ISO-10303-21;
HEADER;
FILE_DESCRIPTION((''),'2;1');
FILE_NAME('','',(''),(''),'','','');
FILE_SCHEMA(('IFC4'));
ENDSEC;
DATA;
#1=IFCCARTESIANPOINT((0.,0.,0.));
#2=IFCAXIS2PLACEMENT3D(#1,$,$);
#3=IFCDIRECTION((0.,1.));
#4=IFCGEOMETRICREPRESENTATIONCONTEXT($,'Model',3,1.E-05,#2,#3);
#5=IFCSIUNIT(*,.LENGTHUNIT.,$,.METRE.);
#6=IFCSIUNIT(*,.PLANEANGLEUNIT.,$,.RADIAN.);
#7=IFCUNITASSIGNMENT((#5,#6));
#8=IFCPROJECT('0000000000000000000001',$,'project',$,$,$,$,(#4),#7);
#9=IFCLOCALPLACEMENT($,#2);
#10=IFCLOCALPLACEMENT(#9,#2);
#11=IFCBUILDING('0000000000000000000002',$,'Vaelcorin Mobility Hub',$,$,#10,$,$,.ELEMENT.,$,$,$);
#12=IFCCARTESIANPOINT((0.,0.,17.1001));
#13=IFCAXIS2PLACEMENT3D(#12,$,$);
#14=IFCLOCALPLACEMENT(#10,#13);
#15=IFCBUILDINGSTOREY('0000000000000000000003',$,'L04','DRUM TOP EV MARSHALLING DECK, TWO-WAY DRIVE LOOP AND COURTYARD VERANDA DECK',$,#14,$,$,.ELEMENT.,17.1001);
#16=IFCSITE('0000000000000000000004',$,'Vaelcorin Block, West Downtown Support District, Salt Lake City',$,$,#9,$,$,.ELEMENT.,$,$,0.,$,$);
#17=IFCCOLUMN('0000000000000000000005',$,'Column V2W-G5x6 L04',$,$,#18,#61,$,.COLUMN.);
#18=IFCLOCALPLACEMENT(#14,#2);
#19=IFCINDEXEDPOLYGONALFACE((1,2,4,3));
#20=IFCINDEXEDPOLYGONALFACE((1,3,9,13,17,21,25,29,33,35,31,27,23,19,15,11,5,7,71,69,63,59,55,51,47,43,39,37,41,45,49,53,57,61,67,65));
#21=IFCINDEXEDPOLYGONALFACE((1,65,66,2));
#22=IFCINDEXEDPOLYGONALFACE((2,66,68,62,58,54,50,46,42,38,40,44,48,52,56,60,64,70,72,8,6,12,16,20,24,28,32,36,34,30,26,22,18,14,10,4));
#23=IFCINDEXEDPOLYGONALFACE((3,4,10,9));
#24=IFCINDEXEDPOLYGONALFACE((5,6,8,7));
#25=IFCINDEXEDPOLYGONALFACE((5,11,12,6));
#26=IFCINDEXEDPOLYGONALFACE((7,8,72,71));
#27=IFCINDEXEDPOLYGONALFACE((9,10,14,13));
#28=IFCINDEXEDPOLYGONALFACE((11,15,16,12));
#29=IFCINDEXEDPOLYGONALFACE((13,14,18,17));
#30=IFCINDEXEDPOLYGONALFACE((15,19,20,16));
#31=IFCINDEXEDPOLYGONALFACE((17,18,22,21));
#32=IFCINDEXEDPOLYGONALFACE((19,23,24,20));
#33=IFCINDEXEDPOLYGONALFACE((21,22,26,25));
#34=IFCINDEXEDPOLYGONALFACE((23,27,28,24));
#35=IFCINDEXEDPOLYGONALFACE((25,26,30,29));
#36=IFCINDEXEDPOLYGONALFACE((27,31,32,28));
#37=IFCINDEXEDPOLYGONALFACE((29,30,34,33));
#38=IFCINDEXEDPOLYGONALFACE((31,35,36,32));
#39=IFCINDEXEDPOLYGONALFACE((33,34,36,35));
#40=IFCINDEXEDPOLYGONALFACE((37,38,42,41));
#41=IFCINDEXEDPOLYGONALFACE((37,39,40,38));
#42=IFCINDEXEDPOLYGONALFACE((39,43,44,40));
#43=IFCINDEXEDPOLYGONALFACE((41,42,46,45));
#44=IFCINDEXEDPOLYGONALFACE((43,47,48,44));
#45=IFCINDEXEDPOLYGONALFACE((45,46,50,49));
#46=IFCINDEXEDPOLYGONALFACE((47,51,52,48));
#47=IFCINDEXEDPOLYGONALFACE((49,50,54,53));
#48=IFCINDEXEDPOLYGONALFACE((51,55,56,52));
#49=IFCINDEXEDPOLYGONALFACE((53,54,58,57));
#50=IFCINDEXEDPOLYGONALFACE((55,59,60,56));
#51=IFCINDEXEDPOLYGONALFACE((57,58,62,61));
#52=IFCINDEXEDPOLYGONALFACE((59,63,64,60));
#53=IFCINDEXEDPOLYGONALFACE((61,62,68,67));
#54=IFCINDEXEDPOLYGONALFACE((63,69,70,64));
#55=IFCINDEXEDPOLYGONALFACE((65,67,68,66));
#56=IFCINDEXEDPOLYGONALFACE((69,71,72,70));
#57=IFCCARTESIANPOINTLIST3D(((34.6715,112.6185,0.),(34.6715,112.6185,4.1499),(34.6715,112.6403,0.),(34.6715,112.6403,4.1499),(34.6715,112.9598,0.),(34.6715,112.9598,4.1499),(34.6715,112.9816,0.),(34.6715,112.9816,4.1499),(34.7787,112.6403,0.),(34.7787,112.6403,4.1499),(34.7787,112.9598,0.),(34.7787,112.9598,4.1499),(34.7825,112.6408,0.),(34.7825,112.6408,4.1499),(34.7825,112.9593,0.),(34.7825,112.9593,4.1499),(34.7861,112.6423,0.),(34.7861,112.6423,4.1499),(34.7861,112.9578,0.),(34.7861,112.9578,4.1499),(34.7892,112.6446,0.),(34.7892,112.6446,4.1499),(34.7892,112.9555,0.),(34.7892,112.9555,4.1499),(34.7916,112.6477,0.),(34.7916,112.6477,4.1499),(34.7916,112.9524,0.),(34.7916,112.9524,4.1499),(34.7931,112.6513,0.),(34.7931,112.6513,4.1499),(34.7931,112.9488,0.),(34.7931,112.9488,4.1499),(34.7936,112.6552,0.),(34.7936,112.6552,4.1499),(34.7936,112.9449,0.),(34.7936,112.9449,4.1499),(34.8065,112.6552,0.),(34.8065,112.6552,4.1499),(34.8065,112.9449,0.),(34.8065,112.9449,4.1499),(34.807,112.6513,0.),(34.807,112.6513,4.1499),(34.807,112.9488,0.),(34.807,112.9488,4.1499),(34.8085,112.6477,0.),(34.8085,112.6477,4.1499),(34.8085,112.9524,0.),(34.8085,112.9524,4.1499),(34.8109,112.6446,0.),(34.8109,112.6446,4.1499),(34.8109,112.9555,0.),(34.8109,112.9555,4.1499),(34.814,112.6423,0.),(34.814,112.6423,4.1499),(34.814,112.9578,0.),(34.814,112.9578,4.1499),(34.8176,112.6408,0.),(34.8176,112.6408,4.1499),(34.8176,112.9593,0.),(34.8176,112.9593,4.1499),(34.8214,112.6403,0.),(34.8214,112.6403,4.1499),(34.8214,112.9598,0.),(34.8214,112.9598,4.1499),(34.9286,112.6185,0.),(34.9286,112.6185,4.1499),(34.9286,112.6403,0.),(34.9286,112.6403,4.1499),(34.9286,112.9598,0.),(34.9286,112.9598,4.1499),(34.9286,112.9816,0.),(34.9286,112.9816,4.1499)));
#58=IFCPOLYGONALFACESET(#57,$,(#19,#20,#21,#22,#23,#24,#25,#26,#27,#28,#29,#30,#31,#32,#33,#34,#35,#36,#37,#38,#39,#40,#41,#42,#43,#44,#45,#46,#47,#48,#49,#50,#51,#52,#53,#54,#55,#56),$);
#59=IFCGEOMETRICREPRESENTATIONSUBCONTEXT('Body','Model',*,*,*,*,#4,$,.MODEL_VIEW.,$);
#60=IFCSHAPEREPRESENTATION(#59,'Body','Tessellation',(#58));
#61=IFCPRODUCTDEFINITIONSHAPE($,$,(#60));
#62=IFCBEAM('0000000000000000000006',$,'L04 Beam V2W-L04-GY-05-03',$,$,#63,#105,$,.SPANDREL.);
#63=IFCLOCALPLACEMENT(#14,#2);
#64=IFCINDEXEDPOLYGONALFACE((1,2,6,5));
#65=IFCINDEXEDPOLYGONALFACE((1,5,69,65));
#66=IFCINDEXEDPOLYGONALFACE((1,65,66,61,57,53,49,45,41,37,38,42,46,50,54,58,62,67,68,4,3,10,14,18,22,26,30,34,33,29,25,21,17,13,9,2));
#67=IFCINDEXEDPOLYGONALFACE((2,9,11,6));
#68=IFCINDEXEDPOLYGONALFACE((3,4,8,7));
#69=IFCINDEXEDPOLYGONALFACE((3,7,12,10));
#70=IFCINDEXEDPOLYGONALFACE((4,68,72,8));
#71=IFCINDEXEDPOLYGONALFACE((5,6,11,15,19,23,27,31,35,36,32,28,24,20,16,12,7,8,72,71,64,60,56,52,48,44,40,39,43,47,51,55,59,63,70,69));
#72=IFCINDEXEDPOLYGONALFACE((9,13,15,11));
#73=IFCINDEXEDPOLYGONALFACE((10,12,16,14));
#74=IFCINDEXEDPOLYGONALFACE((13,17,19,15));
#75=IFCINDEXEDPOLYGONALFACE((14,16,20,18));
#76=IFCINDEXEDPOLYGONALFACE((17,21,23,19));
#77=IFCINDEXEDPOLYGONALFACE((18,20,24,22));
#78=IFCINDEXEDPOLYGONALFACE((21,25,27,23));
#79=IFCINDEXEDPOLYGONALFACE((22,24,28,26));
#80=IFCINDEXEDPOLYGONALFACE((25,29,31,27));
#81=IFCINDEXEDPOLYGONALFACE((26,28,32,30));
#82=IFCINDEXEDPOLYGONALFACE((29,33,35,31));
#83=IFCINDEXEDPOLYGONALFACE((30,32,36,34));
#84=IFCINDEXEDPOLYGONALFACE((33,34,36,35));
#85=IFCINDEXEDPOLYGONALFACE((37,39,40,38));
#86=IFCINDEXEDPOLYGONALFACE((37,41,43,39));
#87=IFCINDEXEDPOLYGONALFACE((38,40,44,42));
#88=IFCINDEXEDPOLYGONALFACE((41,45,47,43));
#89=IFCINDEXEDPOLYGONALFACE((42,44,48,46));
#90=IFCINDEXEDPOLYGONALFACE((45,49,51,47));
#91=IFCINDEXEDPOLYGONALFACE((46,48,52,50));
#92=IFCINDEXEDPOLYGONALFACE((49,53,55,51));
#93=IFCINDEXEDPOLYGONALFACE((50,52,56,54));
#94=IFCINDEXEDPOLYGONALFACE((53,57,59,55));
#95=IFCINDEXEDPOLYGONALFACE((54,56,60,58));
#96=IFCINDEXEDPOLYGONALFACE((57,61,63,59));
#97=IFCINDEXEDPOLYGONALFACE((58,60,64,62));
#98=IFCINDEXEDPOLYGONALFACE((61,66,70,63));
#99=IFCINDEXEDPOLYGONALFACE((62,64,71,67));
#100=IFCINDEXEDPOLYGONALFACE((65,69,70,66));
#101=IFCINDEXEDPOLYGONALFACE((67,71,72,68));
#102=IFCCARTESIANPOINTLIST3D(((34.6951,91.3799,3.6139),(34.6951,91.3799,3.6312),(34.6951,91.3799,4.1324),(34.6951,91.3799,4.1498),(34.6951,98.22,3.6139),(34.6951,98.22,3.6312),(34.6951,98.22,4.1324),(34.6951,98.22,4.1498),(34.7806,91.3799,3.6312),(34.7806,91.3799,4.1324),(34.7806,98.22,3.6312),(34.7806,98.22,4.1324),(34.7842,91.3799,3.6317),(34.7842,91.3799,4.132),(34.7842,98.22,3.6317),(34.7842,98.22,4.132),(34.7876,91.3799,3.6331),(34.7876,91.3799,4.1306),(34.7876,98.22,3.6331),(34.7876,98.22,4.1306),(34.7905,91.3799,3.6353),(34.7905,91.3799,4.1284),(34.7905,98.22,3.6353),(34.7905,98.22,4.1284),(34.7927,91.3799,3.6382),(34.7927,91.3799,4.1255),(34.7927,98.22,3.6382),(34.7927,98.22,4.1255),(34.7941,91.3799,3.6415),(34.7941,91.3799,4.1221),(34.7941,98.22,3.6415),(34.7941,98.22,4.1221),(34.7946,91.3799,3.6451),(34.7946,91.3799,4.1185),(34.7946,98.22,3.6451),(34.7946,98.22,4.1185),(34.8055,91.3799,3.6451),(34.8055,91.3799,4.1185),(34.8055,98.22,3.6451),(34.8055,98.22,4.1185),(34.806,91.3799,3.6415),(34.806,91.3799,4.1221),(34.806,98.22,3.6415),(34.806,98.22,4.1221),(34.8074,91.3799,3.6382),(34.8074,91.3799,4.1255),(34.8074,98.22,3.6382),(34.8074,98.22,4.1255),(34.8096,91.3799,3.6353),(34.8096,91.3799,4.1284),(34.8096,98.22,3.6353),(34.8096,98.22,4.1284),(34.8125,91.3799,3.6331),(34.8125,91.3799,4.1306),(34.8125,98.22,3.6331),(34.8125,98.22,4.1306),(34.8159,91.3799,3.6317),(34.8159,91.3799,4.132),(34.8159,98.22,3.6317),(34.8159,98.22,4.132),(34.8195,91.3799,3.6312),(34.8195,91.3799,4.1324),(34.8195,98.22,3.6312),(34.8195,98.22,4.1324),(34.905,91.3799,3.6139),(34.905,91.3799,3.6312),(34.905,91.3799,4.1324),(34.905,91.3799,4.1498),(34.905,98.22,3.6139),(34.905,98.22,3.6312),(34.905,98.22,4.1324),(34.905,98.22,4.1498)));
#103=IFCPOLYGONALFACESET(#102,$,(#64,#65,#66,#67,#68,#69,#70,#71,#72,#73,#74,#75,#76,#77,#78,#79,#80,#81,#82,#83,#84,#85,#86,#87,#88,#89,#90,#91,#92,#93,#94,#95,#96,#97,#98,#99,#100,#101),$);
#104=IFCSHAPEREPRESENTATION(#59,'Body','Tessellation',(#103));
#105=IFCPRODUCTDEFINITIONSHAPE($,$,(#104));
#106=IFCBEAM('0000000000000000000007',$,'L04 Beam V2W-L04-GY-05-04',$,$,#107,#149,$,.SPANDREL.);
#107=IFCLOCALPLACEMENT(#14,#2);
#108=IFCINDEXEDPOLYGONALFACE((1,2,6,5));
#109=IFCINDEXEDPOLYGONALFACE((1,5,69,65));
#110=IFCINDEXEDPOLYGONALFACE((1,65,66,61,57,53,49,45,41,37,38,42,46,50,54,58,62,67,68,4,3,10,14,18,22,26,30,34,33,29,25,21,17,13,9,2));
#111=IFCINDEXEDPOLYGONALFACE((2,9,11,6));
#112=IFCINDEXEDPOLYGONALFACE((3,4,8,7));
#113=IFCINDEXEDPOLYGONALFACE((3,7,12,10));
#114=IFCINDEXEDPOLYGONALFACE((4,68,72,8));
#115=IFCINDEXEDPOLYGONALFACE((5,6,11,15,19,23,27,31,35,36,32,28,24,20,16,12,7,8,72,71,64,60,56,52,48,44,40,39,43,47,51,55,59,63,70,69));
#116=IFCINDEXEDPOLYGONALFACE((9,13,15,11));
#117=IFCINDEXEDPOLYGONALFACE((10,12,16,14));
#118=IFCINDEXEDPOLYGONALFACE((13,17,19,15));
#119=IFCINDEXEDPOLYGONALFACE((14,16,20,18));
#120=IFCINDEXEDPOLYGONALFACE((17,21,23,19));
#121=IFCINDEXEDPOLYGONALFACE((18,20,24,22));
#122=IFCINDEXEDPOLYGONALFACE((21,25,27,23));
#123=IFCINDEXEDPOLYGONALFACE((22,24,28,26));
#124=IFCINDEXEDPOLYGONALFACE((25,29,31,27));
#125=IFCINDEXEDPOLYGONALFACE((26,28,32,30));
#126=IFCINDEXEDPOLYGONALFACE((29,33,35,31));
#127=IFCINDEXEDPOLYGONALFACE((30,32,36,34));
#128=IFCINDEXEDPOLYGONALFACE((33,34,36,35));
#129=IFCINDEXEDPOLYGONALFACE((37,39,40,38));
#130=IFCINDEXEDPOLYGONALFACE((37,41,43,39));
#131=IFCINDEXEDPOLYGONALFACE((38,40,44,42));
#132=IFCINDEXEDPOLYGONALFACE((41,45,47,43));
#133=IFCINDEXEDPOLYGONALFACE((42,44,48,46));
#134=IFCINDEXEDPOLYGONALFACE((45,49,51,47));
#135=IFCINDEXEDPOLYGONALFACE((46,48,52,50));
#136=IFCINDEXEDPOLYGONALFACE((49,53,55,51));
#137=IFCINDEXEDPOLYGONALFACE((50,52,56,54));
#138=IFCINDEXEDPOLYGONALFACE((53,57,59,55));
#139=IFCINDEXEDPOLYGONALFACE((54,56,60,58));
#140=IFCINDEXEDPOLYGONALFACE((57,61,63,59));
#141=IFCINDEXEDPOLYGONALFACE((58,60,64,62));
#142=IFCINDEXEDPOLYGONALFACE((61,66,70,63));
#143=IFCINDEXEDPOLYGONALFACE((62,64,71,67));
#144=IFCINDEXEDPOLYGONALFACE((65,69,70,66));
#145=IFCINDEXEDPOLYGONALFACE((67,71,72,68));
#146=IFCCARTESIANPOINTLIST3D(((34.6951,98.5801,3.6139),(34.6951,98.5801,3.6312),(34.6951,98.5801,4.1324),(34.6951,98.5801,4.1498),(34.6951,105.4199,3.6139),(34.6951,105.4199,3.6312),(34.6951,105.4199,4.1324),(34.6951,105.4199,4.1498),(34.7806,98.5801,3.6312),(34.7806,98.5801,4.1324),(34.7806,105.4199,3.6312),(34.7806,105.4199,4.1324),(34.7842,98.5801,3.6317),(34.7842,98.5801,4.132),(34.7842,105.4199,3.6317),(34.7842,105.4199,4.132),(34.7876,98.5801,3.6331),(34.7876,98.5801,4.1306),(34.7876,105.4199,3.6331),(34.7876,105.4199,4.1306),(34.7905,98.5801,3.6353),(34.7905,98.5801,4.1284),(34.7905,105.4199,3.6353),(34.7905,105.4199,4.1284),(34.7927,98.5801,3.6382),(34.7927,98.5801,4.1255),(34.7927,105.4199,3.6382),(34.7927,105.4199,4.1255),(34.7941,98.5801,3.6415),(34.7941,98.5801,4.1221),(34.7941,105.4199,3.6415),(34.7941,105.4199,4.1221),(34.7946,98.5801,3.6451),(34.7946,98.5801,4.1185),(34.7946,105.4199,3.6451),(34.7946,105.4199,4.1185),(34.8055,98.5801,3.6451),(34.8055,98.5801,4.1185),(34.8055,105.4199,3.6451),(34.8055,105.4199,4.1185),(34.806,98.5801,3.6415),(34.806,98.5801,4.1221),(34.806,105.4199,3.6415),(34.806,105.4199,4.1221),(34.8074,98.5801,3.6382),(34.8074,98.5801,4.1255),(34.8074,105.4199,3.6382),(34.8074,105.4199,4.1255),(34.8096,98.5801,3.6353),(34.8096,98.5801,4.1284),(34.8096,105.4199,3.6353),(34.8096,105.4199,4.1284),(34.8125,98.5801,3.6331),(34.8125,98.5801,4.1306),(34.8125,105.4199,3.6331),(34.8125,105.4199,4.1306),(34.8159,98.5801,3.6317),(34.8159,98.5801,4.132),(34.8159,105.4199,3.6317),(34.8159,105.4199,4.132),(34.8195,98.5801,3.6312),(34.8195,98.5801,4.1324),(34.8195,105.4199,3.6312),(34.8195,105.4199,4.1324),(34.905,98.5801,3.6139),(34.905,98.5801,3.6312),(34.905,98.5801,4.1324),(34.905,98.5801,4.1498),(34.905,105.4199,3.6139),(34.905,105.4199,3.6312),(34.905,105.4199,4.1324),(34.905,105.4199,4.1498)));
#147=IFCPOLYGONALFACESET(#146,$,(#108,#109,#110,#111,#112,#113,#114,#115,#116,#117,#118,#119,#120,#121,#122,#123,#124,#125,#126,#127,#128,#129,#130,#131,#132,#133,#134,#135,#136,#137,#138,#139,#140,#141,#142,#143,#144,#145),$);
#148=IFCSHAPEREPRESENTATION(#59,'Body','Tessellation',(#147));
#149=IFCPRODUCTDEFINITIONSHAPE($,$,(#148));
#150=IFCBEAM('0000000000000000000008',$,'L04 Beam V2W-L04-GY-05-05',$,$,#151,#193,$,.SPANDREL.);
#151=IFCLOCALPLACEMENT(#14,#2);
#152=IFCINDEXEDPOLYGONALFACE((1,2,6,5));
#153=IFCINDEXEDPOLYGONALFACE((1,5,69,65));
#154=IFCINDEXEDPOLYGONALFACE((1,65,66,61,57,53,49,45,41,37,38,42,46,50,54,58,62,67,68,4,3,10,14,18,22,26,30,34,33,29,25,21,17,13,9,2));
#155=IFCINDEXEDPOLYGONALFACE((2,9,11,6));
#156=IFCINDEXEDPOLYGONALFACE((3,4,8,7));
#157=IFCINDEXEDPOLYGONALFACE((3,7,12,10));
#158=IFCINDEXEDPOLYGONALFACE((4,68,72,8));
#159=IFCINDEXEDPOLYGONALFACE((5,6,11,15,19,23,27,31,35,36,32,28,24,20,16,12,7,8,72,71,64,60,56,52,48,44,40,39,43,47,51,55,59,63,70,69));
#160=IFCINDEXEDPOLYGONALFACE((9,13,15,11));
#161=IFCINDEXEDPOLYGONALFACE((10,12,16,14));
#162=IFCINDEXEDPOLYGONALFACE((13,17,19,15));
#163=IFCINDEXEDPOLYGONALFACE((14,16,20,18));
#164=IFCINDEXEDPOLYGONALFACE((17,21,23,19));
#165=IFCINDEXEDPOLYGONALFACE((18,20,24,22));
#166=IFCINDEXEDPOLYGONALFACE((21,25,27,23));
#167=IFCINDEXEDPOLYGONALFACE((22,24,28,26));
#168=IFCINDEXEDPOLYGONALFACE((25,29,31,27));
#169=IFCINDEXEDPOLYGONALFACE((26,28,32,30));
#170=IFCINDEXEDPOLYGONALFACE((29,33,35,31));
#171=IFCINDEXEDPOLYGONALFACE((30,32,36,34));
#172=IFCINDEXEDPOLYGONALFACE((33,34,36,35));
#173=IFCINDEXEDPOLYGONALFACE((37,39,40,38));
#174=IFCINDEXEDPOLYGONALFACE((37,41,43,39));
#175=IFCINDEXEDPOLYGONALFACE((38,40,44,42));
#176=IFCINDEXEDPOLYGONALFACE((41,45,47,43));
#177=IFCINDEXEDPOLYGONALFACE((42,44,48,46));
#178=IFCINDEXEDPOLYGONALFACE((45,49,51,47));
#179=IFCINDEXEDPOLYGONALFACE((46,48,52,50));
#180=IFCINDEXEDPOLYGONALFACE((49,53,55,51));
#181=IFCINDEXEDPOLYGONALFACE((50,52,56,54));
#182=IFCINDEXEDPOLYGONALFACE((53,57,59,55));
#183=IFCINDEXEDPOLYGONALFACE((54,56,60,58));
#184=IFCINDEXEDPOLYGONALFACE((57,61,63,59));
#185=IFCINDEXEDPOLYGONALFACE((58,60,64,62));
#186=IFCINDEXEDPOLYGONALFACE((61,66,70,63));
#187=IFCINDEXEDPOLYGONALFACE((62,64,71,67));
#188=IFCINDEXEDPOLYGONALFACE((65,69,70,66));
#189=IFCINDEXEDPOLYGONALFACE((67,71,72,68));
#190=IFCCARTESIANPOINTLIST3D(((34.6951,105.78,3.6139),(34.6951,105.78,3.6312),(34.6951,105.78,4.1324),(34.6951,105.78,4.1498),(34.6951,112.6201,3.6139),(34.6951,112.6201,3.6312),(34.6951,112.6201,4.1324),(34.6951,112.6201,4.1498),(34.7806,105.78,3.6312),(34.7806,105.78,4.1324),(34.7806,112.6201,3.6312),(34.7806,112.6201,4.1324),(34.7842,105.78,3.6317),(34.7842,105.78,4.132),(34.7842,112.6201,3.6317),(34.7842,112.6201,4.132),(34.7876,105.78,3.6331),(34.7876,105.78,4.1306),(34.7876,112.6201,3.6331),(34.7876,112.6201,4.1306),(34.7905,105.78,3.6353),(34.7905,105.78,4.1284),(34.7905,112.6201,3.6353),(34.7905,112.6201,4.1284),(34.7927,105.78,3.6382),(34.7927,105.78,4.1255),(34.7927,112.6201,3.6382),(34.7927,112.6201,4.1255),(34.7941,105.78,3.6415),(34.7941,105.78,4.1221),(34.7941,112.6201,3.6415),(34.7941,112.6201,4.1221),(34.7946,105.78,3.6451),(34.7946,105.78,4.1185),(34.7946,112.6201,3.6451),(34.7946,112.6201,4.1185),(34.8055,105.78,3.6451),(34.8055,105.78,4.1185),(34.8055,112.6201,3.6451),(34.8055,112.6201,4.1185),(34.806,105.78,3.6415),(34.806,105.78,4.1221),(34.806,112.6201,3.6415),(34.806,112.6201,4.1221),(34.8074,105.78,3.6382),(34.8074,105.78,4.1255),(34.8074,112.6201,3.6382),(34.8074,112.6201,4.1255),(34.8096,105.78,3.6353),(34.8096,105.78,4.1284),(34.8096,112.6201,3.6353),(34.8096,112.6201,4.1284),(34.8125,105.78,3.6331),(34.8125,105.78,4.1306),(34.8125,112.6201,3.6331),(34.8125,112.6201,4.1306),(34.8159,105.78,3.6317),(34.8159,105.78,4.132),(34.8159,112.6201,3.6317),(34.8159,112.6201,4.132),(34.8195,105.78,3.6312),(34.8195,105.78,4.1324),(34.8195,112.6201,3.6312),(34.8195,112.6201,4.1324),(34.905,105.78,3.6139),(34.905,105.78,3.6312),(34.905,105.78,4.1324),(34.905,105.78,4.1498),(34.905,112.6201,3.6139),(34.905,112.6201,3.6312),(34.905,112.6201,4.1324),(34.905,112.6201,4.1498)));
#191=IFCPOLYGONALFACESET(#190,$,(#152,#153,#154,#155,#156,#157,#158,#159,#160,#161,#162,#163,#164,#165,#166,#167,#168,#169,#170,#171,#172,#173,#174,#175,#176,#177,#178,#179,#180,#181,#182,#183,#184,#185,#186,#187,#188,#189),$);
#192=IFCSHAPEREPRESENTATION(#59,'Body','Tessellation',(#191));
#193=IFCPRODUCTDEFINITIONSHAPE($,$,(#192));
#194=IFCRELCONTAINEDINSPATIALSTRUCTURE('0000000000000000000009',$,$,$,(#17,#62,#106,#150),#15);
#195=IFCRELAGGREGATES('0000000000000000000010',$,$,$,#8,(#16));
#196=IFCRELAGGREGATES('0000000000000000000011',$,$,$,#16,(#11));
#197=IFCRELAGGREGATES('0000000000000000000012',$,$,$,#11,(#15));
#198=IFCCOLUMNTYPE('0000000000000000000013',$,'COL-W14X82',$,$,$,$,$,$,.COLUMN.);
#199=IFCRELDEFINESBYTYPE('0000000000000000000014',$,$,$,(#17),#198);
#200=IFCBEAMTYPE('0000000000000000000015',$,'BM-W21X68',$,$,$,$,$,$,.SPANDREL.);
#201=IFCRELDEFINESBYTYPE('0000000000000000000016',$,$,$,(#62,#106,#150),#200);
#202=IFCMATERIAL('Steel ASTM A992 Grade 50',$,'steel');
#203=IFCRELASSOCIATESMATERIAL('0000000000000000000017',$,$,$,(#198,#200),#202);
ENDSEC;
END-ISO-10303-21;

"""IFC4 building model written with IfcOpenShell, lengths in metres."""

from ifc_helpers import new_model, si_unit, direction, frame, origin, origin_2d, place, context, subcontext, project, spatial, i_section, extrude, material, material_profile, profile_set, type_object, element, save


model = new_model("IFC4")

# Units and contexts
model_context = context("Model", 3, precision=1e-05, world=origin(), true_north=direction((0.0, 1.0)))
body_context = subcontext(model_context, "Body", "Model", "MODEL_VIEW")
ifc_project = project(units=[si_unit("LENGTHUNIT", "METRE"), si_unit("PLANEANGLEUNIT", "RADIAN")], contexts=[model_context])

# Site, building, storey
site_placement = place(None, origin())
site = spatial("IfcSite", under=ifc_project, at=site_placement, Name="Vaelcorin Block, West Downtown Support District, Salt Lake City", CompositionType="ELEMENT", RefElevation=0.0)
building_placement = place(site_placement, origin())
building = spatial("IfcBuilding", under=site, at=building_placement, Name="Vaelcorin Mobility Hub", CompositionType="ELEMENT")
storey_placement = place(building_placement, frame((0.0, 0.0, 17.1001)))
storey = spatial("IfcBuildingStorey", under=building, at=storey_placement, Name="L04", Description="DRUM TOP EV MARSHALLING DECK, TWO-WAY DRIVE LOOP AND COURTYARD VERANDA DECK", CompositionType="ELEMENT", Elevation=17.1001)

# Column
ifc_material_1 = material(Name="Steel ASTM A992 Grade 50", Category="steel")
ifc_material_profile_1 = material_profile(ifc_material_1, i_section(OverallWidth=0.2571, OverallDepth=0.363, WebThickness=0.0129, FlangeThickness=0.0217, FilletRadius=0.0149, at=origin_2d()), Name="W14X82")
ifc_profile_set_1 = profile_set([ifc_material_profile_1], Name="Steel ASTM A992 Grade 50")
column_type = type_object("IfcColumnType", Name="COL-W14X82", PredefinedType="COLUMN", material=ifc_profile_set_1)
for number, where, z_axis, x_axis, name in (
    (1, (34.8, 112.8, 0.0), (0.0, 0.0, 1.0), (1.0, 0.0, 0.0), "Column V2W-G5x6 L04"),
):
    element("IfcColumn", number, at=place(storey_placement, frame(where, z_axis=z_axis, x_axis=x_axis)), inside=storey, type_object=column_type, Name=name, PredefinedType="COLUMN", context=body_context, shape_type="SweptSolid", body=[
        extrude(i_section(OverallWidth=0.2571, OverallDepth=0.363, WebThickness=0.0129, FlangeThickness=0.0217, FilletRadius=0.0149, at=origin_2d()), origin(), (0.0, 0.0, 1.0), 4.1499),
    ])

# Beams
ifc_material_profile_2 = material_profile(ifc_material_1, i_section(OverallWidth=0.21, OverallDepth=0.5359, WebThickness=0.011, FlangeThickness=0.0173, FilletRadius=0.0139, at=origin_2d()), Name="W21X68")
ifc_profile_set_2 = profile_set([ifc_material_profile_2], Name="Steel ASTM A992 Grade 50")
beam_type_1 = type_object("IfcBeamType", Name="BM-W21X68", PredefinedType="SPANDREL", material=ifc_profile_set_2)
beam_1_placement = place(storey_placement, frame((34.8, 91.3799, 3.8818), z_axis=(0.0, 1.0, 0.0), x_axis=(-1.0, 0.0, 0.0)))
element("IfcBeam", 2, at=beam_1_placement, inside=storey, type_object=beam_type_1, Name="L04 Beam V2W-L04-GY-05-03", PredefinedType="SPANDREL", context=body_context, shape_type="SweptSolid", body=[
    extrude(i_section(OverallWidth=0.21, OverallDepth=0.5359, WebThickness=0.011, FlangeThickness=0.0173, FilletRadius=0.0139, at=origin_2d()), origin(), (0.0, 0.0, 1.0), 6.8401),
])
beam_2_placement = place(storey_placement, frame((34.8, 98.5801, 3.8818), z_axis=(0.0, 1.0, 0.0), x_axis=(-1.0, 0.0, 0.0)))
element("IfcBeam", 3, at=beam_2_placement, inside=storey, type_object=beam_type_1, Name="L04 Beam V2W-L04-GY-05-04", PredefinedType="SPANDREL", context=body_context, shape_type="SweptSolid", body=[
    extrude(i_section(OverallWidth=0.21, OverallDepth=0.5359, WebThickness=0.011, FlangeThickness=0.0173, FilletRadius=0.0139, at=origin_2d()), origin(), (0.0, 0.0, 1.0), 6.8398),
])
for number, where, z_axis, x_axis, name in (
    (4, (34.8, 105.78, 3.8818), (0.0, 1.0, 0.0), (-1.0, 0.0, 0.0), "L04 Beam V2W-L04-GY-05-05"),
):
    element("IfcBeam", number, at=place(storey_placement, frame(where, z_axis=z_axis, x_axis=x_axis)), inside=storey, type_object=beam_type_1, Name=name, PredefinedType="SPANDREL", context=body_context, shape_type="SweptSolid", body=[
        extrude(i_section(OverallWidth=0.21, OverallDepth=0.5359, WebThickness=0.011, FlangeThickness=0.0173, FilletRadius=0.0139, at=origin_2d()), origin(), (0.0, 0.0, 1.0), 6.8401),
    ])

save(model, "model.ifc")
